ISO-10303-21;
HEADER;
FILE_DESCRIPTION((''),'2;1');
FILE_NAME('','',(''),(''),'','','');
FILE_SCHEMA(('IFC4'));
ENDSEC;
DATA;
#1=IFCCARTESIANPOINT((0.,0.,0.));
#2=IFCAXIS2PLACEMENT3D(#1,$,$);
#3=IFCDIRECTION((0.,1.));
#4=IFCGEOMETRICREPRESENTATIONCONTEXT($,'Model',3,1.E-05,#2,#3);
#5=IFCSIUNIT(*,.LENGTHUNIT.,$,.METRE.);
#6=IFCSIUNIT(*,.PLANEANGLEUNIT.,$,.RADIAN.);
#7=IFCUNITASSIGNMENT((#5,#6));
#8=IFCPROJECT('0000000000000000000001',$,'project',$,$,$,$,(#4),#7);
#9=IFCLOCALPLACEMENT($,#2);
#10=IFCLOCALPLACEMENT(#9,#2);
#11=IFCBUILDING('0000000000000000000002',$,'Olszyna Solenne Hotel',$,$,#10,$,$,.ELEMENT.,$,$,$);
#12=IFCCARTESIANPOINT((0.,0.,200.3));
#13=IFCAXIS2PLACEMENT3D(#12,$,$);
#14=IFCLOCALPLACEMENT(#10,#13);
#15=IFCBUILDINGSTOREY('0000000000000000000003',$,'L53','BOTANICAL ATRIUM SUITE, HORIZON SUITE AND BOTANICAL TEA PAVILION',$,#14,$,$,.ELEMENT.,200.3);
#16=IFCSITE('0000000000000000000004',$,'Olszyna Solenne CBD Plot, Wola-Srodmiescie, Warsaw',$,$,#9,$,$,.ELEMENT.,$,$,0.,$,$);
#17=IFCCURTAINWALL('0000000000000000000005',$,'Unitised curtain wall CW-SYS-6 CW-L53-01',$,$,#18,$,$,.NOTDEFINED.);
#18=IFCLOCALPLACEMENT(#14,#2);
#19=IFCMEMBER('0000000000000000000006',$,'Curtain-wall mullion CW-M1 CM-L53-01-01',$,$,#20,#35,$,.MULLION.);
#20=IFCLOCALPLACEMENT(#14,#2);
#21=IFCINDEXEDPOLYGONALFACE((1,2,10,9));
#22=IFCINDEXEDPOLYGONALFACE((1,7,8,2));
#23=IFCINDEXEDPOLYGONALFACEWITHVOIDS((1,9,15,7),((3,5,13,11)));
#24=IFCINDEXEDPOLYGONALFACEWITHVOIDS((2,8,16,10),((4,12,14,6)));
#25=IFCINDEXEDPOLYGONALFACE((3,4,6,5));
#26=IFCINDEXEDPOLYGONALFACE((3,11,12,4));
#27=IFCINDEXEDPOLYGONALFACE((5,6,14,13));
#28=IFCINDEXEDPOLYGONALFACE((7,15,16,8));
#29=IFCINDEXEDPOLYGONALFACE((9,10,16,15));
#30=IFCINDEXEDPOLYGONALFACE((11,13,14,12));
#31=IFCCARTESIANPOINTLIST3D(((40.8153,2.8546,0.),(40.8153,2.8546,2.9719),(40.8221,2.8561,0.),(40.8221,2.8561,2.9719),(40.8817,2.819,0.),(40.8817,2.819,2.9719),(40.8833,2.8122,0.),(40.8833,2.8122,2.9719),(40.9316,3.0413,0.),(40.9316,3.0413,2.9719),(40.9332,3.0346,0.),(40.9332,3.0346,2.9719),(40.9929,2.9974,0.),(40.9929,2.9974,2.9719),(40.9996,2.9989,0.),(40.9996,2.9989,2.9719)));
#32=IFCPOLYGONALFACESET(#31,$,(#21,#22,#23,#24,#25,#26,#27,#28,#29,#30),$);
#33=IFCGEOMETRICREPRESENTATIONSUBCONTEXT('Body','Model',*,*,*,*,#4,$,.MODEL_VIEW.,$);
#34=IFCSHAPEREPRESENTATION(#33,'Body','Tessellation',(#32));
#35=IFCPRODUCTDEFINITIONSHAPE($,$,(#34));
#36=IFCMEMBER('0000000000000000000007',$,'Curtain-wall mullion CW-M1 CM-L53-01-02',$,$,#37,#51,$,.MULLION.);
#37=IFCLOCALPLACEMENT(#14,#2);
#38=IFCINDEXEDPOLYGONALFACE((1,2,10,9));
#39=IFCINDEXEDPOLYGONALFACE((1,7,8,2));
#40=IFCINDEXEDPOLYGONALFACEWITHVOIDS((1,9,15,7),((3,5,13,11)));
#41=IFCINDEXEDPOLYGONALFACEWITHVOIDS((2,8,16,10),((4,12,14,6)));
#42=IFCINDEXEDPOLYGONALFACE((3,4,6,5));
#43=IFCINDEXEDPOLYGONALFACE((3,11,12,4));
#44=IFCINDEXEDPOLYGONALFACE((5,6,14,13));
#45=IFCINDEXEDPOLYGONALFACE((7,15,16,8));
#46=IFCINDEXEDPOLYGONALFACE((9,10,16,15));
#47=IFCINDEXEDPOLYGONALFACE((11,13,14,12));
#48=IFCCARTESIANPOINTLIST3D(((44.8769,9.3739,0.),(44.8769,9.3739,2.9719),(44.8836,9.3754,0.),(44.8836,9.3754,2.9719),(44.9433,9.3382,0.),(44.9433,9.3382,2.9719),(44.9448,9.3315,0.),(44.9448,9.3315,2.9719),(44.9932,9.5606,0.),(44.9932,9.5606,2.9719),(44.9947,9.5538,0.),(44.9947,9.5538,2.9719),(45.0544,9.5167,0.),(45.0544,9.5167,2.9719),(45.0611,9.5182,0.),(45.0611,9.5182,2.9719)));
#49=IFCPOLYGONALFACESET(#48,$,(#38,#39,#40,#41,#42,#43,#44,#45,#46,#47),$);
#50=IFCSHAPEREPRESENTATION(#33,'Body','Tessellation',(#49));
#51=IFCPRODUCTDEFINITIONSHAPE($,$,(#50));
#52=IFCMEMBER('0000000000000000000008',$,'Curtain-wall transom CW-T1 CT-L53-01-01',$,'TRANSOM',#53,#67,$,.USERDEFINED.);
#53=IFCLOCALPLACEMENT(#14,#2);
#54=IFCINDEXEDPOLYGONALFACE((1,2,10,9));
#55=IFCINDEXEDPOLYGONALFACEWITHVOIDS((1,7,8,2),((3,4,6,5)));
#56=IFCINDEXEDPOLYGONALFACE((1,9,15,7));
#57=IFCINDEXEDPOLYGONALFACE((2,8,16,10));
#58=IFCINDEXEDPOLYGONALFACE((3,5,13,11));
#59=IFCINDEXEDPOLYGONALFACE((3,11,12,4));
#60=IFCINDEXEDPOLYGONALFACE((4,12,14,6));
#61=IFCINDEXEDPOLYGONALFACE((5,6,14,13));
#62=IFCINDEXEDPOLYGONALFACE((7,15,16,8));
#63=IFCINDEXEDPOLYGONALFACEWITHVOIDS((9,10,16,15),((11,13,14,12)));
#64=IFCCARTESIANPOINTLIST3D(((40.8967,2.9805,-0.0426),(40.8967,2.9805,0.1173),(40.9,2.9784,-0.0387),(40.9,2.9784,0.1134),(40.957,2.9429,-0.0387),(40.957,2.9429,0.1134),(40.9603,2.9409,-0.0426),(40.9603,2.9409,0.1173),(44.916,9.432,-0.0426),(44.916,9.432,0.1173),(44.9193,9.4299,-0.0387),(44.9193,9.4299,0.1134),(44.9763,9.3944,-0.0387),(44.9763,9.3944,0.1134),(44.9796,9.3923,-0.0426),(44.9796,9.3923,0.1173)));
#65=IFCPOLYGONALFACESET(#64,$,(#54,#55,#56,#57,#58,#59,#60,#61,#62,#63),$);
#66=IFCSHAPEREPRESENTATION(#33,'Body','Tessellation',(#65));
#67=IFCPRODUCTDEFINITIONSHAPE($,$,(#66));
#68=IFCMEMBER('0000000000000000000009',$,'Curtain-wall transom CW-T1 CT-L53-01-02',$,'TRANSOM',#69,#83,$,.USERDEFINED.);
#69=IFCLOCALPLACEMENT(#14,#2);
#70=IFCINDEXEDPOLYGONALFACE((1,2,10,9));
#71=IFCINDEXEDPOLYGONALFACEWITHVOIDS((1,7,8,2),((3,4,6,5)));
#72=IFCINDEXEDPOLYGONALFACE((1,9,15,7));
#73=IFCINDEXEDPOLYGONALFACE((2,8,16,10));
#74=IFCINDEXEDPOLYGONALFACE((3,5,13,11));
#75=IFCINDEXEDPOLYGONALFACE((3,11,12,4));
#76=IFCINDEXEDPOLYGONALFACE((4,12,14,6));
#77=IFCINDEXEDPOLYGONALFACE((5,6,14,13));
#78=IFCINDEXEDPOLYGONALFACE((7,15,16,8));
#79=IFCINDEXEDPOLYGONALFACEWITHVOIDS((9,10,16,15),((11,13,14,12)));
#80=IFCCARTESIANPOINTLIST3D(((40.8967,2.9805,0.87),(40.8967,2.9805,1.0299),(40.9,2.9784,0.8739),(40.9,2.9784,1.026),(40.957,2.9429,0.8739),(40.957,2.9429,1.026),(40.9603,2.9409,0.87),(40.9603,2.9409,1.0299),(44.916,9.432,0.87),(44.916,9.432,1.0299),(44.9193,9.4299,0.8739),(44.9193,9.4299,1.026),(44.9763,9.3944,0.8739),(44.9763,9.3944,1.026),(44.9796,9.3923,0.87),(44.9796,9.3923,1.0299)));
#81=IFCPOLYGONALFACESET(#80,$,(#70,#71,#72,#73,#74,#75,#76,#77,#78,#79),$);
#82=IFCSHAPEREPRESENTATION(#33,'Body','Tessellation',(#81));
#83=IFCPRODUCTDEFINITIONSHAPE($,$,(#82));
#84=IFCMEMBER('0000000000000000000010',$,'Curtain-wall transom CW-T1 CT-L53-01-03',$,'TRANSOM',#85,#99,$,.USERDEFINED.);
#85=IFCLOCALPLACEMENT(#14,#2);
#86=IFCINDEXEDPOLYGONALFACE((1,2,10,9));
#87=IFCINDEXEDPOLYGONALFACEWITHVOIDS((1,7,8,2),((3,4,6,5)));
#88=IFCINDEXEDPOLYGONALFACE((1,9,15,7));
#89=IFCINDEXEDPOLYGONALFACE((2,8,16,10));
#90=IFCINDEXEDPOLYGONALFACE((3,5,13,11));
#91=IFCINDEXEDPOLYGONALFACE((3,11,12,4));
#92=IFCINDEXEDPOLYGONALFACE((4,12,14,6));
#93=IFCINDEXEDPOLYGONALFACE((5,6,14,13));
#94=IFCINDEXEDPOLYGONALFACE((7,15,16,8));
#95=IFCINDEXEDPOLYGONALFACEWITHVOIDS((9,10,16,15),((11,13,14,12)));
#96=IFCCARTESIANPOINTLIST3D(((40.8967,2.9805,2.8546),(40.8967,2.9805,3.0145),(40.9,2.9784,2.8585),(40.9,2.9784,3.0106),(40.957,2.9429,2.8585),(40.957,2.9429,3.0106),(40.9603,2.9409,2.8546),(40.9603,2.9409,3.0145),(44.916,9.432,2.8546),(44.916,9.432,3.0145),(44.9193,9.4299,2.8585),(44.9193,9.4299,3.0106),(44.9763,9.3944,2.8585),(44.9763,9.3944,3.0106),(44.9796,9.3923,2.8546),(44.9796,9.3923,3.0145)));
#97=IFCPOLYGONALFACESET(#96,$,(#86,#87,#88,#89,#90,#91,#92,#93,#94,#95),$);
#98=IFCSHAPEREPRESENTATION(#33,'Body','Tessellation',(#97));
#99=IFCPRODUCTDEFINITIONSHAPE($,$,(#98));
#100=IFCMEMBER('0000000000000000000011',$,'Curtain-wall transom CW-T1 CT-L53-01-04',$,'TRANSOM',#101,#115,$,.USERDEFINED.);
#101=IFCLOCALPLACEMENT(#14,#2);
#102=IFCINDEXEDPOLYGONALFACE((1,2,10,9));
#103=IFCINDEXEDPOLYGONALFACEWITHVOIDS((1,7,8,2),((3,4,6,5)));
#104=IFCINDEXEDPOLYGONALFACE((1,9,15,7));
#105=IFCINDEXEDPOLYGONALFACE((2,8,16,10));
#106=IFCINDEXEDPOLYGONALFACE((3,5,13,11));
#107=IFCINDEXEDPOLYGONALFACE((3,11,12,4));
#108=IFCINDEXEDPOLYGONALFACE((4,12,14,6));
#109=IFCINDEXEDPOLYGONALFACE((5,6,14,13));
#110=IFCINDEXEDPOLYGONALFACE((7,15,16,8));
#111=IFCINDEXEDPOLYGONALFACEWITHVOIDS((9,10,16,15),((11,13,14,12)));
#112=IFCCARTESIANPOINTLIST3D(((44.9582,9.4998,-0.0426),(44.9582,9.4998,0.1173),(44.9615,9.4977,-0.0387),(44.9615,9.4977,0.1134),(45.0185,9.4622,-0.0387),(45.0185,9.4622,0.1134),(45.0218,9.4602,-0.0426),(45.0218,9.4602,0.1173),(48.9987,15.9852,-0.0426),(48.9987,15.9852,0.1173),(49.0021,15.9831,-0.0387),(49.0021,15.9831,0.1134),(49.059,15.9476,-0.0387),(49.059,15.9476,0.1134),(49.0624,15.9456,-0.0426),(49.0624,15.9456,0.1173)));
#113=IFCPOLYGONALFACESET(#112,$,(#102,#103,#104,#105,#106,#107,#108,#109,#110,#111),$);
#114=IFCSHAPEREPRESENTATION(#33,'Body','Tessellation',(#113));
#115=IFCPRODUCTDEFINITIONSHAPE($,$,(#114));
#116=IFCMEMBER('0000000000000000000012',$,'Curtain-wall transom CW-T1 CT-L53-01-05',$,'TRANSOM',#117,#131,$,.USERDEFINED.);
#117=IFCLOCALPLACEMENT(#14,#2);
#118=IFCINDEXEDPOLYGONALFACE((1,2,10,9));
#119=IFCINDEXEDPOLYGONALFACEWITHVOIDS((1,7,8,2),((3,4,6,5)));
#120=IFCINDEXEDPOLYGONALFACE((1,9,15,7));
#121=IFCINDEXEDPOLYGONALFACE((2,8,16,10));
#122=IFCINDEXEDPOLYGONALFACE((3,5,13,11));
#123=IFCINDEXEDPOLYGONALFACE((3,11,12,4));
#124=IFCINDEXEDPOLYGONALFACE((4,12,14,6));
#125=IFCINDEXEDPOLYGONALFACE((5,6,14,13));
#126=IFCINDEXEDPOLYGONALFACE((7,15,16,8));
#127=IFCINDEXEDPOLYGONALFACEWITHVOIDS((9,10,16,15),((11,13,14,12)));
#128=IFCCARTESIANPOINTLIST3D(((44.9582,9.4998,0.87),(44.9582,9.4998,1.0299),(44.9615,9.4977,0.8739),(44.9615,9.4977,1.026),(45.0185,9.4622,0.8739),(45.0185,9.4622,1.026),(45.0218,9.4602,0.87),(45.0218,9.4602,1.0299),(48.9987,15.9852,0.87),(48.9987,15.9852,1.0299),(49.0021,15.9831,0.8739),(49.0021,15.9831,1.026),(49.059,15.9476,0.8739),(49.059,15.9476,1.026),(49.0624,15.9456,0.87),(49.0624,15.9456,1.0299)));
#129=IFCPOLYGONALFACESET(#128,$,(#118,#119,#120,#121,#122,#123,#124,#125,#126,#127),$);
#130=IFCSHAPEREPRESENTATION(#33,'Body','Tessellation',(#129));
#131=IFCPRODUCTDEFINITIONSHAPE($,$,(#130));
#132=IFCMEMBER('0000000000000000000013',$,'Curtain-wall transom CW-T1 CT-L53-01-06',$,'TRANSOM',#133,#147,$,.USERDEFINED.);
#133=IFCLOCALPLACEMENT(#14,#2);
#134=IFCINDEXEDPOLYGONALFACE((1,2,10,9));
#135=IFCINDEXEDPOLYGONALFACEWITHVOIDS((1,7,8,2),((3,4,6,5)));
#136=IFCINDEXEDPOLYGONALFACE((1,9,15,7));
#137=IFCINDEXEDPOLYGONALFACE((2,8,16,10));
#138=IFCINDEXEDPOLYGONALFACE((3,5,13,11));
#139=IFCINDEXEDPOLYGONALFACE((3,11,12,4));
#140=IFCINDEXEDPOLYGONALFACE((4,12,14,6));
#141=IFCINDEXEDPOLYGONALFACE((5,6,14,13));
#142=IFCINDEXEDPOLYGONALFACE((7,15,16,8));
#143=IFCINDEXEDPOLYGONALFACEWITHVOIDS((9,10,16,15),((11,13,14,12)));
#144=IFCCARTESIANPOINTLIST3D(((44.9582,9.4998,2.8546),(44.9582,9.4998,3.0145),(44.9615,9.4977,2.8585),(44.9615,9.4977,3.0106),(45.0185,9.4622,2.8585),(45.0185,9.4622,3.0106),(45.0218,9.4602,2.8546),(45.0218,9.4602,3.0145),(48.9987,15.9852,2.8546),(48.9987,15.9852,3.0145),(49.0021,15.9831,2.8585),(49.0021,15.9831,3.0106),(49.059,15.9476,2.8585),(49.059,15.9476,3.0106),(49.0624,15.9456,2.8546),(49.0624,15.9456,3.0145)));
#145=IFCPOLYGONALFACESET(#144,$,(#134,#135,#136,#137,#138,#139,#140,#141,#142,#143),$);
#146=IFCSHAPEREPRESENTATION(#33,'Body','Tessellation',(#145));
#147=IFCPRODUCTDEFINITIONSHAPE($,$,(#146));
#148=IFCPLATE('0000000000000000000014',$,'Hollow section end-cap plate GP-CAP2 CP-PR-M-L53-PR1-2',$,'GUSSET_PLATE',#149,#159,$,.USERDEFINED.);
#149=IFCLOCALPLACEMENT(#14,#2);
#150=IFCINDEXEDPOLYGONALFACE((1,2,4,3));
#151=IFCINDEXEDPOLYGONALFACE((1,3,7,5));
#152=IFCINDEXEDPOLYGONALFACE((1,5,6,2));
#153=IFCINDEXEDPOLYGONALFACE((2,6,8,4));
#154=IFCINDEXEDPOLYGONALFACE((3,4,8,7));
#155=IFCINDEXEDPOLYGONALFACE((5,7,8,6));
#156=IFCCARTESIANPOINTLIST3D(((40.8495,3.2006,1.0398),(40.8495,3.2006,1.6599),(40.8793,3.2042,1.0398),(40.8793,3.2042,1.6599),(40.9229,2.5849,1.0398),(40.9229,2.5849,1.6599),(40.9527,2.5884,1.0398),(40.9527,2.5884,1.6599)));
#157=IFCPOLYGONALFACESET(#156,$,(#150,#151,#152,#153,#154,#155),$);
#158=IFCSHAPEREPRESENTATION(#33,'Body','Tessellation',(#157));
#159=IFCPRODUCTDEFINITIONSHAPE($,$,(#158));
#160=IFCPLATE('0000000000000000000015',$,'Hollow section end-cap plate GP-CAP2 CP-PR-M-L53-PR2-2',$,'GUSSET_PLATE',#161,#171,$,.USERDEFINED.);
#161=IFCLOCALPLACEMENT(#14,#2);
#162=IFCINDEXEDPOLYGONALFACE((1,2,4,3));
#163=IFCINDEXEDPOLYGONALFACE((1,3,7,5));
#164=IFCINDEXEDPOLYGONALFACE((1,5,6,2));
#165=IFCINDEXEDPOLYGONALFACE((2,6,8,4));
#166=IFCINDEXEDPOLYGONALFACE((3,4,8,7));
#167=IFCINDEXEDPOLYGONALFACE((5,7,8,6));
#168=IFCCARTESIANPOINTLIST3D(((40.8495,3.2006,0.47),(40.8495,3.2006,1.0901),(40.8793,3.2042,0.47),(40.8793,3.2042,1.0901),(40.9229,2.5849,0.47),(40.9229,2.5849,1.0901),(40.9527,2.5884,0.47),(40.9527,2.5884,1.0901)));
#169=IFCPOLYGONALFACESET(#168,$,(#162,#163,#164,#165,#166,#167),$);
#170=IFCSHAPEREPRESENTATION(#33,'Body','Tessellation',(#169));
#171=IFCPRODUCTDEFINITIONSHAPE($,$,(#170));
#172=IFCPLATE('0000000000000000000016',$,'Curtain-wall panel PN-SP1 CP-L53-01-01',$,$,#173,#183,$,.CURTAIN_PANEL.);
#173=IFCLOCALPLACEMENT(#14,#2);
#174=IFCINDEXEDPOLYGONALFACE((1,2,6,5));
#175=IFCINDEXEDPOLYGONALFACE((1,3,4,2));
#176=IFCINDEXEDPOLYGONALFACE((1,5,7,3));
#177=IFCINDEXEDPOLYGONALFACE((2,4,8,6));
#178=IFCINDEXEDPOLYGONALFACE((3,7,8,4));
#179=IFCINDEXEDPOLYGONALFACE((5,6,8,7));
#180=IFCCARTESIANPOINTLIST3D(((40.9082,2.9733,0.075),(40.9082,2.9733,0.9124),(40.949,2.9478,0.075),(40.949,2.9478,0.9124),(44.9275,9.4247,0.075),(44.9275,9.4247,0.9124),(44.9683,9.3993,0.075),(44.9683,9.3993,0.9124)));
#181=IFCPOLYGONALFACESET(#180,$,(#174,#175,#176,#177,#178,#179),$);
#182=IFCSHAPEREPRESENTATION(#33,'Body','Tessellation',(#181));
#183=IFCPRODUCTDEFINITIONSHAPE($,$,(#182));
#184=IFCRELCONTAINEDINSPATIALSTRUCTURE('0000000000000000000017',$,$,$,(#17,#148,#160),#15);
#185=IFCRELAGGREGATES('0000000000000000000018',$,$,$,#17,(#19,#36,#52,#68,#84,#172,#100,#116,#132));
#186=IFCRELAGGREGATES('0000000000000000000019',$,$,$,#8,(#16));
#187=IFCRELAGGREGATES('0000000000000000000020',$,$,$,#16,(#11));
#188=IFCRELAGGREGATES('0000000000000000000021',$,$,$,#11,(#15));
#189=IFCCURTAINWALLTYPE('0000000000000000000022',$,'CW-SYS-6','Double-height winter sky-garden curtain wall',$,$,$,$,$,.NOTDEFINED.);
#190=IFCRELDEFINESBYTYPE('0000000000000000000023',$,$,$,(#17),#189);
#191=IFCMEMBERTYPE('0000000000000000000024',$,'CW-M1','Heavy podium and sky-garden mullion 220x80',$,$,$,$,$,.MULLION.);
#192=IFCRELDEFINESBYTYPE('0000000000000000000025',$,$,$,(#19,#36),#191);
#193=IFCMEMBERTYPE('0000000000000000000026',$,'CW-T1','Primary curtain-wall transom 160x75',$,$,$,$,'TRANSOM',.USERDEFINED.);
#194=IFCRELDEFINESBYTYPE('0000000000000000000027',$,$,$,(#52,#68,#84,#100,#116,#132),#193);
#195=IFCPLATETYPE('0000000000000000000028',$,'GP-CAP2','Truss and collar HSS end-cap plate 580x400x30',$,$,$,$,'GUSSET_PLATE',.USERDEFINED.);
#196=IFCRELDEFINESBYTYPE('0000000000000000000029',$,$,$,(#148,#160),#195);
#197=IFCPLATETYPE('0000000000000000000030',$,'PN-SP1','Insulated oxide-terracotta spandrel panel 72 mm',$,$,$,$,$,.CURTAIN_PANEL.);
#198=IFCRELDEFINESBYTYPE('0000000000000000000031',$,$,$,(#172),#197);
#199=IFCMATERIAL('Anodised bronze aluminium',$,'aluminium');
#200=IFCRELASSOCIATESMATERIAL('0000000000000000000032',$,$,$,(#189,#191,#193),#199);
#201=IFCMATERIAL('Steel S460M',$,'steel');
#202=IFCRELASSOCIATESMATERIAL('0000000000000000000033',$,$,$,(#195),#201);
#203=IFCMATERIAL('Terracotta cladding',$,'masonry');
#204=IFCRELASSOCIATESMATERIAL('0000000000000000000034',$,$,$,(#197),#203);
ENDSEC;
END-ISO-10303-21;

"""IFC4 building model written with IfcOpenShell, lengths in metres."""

from ifc_helpers import new_model, si_unit, direction, frame, origin, origin_2d, place, context, subcontext, project, spatial, rectangle, hollow_rectangle, extrude, source, transform, mapped, material, material_profile, profile_set, type_object, element, aggregate, save


model = new_model("IFC4")

# Units and contexts
model_context = context("Model", 3, precision=1e-05, world=origin(), true_north=direction((0.0, 1.0)))
body_context = subcontext(model_context, "Body", "Model", "MODEL_VIEW")
ifc_project = project(units=[si_unit("LENGTHUNIT", "METRE"), si_unit("PLANEANGLEUNIT", "RADIAN")], contexts=[model_context])

# Site, building, storey
site_placement = place(None, origin())
site = spatial("IfcSite", under=ifc_project, at=site_placement, Name="Olszyna Solenne CBD Plot, Wola-Srodmiescie, Warsaw", CompositionType="ELEMENT", RefElevation=0.0)
building_placement = place(site_placement, origin())
building = spatial("IfcBuilding", under=site, at=building_placement, Name="Olszyna Solenne Hotel", CompositionType="ELEMENT")
storey_placement = place(building_placement, frame((0.0, 0.0, 200.3)))
storey = spatial("IfcBuildingStorey", under=building, at=storey_placement, Name="L53", Description="BOTANICAL ATRIUM SUITE, HORIZON SUITE AND BOTANICAL TEA PAVILION", CompositionType="ELEMENT", Elevation=200.3)

# Shared definitions
ifc_material_1 = material(Name="Steel S460M", Category="steel")

# Curtain wall, members
ifc_material_2 = material(Name="Anodised bronze aluminium", Category="aluminium")
curtain_wall_type = type_object("IfcCurtainWallType", Name="CW-SYS-6", Description="Double-height winter sky-garden curtain wall", PredefinedType="NOTDEFINED", material=ifc_material_2)
curtain_wall_placement = place(storey_placement, origin())
curtain_wall = element("IfcCurtainWall", 1, at=curtain_wall_placement, inside=storey, type_object=curtain_wall_type, Name="Unitised curtain wall CW-SYS-6 CW-L53-01", PredefinedType="NOTDEFINED")
ifc_material_profile_1 = material_profile(ifc_material_2, hollow_rectangle(XDim=0.0801, YDim=0.22, WallThickness=0.0049, at=origin_2d()), Name="MULL 220x80x5", Category="load-bearing")
ifc_profile_set_1 = profile_set([ifc_material_profile_1], Name="Anodised bronze aluminium")
member_type_1 = type_object("IfcMemberType", Name="CW-M1", Description="Heavy podium and sky-garden mullion 220x80", PredefinedType="MULLION", material=ifc_profile_set_1)
shared_shape_1 = source(origin(), body_context, "Body", "SweptSolid", [
    extrude(hollow_rectangle(XDim=0.0801, YDim=0.22, WallThickness=0.0049, at=origin_2d()), origin(), (0.0, 0.0, 1.0), 2.9719),
])
member_1_placement = place(storey_placement, frame((40.9075, 2.9268, 0.0), z_axis=(0.0, 0.0, 1.0), x_axis=(-0.848758, 0.528781, 0.0)))
member_1 = element("IfcMember", 2, at=member_1_placement, type_object=member_type_1, Name="Curtain-wall mullion CW-M1 CM-L53-01-01", PredefinedType="MULLION", context=body_context, shape_type="MappedRepresentation", body=[
    mapped(shared_shape_1, transform((0.0, 0.0, 0.0), x_axis=(1.0, 0.0, 0.0), y_axis=(0.0, 1.0, 0.0), z_axis=(0.0, 0.0, 1.0), scale=1.0)),
])
member_2_placement = place(storey_placement, frame((44.969, 9.446, 0.0), z_axis=(0.0, 0.0, 1.0), x_axis=(-0.848758, 0.528781, 0.0)))
member_2 = element("IfcMember", 3, at=member_2_placement, type_object=member_type_1, Name="Curtain-wall mullion CW-M1 CM-L53-01-02", PredefinedType="MULLION", context=body_context, shape_type="MappedRepresentation", body=[
    mapped(shared_shape_1, transform((0.0, 0.0, 0.0), x_axis=(1.0, 0.0, 0.0), y_axis=(0.0, 1.0, 0.0), z_axis=(0.0, 0.0, 1.0), scale=1.0)),
])
ifc_material_profile_2 = material_profile(ifc_material_2, hollow_rectangle(XDim=0.075, YDim=0.1599, WallThickness=0.0039, at=origin_2d()), Name="TRAN 160x75x4", Category="load-bearing")
ifc_profile_set_2 = profile_set([ifc_material_profile_2], Name="Anodised bronze aluminium")
member_type_2 = type_object("IfcMemberType", Name="CW-T1", Description="Primary curtain-wall transom 160x75", ElementType="TRANSOM", PredefinedType="USERDEFINED", material=ifc_profile_set_2)
shared_shape_2 = source(origin(), body_context, "Body", "SweptSolid", [
    extrude(hollow_rectangle(XDim=0.075, YDim=0.1599, WallThickness=0.0039, at=origin_2d()), origin(), (0.0, 0.0, 1.0), 7.6011),
])
member_3_placement = place(storey_placement, frame((40.9285, 2.9607, 0.0374), z_axis=(0.528783, 0.848757, 0.0), x_axis=(-0.848757, 0.528783, 0.0)))
member_3 = element("IfcMember", 4, at=member_3_placement, type_object=member_type_2, Name="Curtain-wall transom CW-T1 CT-L53-01-01", ObjectType="TRANSOM", PredefinedType="USERDEFINED", context=body_context, shape_type="MappedRepresentation", body=[
    mapped(shared_shape_2, transform((0.0, 0.0, 0.0), x_axis=(1.0, 0.0, 0.0), y_axis=(0.0, 1.0, 0.0), z_axis=(0.0, 0.0, 1.0), scale=1.0)),
])
member_4_placement = place(storey_placement, frame((40.9285, 2.9607, 0.95), z_axis=(0.528783, 0.848757, 0.0), x_axis=(-0.848757, 0.528783, 0.0)))
member_4 = element("IfcMember", 5, at=member_4_placement, type_object=member_type_2, Name="Curtain-wall transom CW-T1 CT-L53-01-02", ObjectType="TRANSOM", PredefinedType="USERDEFINED", context=body_context, shape_type="MappedRepresentation", body=[
    mapped(shared_shape_2, transform((0.0, 0.0, 0.0), x_axis=(1.0, 0.0, 0.0), y_axis=(0.0, 1.0, 0.0), z_axis=(0.0, 0.0, 1.0), scale=1.0)),
])
member_5_placement = place(storey_placement, frame((40.9285, 2.9607, 2.9346), z_axis=(0.528783, 0.848757, 0.0), x_axis=(-0.848757, 0.528783, 0.0)))
member_5 = element("IfcMember", 6, at=member_5_placement, type_object=member_type_2, Name="Curtain-wall transom CW-T1 CT-L53-01-03", ObjectType="TRANSOM", PredefinedType="USERDEFINED", context=body_context, shape_type="MappedRepresentation", body=[
    mapped(shared_shape_2, transform((0.0, 0.0, 0.0), x_axis=(1.0, 0.0, 0.0), y_axis=(0.0, 1.0, 0.0), z_axis=(0.0, 0.0, 1.0), scale=1.0)),
])
shared_shape_3 = source(origin(), body_context, "Body", "SweptSolid", [
    extrude(hollow_rectangle(XDim=0.075, YDim=0.1599, WallThickness=0.0039, at=origin_2d()), origin(), (0.0, 0.0, 1.0), 7.6411),
])
member_6_placement = place(storey_placement, frame((44.99, 9.48, 0.0374), z_axis=(0.528792, 0.848751, 0.0), x_axis=(-0.848751, 0.528792, 0.0)))
member_6 = element("IfcMember", 7, at=member_6_placement, type_object=member_type_2, Name="Curtain-wall transom CW-T1 CT-L53-01-04", ObjectType="TRANSOM", PredefinedType="USERDEFINED", context=body_context, shape_type="MappedRepresentation", body=[
    mapped(shared_shape_3, transform((0.0, 0.0, 0.0), x_axis=(1.0, 0.0, 0.0), y_axis=(0.0, 1.0, 0.0), z_axis=(0.0, 0.0, 1.0), scale=1.0)),
])
member_7_placement = place(storey_placement, frame((44.99, 9.48, 0.95), z_axis=(0.528792, 0.848751, 0.0), x_axis=(-0.848751, 0.528792, 0.0)))
member_7 = element("IfcMember", 8, at=member_7_placement, type_object=member_type_2, Name="Curtain-wall transom CW-T1 CT-L53-01-05", ObjectType="TRANSOM", PredefinedType="USERDEFINED", context=body_context, shape_type="MappedRepresentation", body=[
    mapped(shared_shape_3, transform((0.0, 0.0, 0.0), x_axis=(1.0, 0.0, 0.0), y_axis=(0.0, 1.0, 0.0), z_axis=(0.0, 0.0, 1.0), scale=1.0)),
])
member_8_placement = place(storey_placement, frame((44.99, 9.48, 2.9346), z_axis=(0.528792, 0.848751, 0.0), x_axis=(-0.848751, 0.528792, 0.0)))
member_8 = element("IfcMember", 9, at=member_8_placement, type_object=member_type_2, Name="Curtain-wall transom CW-T1 CT-L53-01-06", ObjectType="TRANSOM", PredefinedType="USERDEFINED", context=body_context, shape_type="MappedRepresentation", body=[
    mapped(shared_shape_3, transform((0.0, 0.0, 0.0), x_axis=(1.0, 0.0, 0.0), y_axis=(0.0, 1.0, 0.0), z_axis=(0.0, 0.0, 1.0), scale=1.0)),
])

# Plates
plate_type_1 = type_object("IfcPlateType", Name="GP-CAP2", Description="Truss and collar HSS end-cap plate 580x400x30", ElementType="GUSSET_PLATE", PredefinedType="USERDEFINED", material=ifc_material_1)
shared_shape_4 = source(origin(), body_context, "Body", "SweptSolid", [
    extrude(rectangle(XDim=0.03, YDim=0.6201, at=origin_2d()), origin(), (0.0, 0.0, 1.0), 0.6201),
])
for number, where, z_axis, x_axis, name in (
    (10, (40.9011, 2.8945, 1.0398), (0.0, 0.0, 1.0), (0.992966, 0.118404, 0.0), "Hollow section end-cap plate GP-CAP2 CP-PR-M-L53-PR1-2"),
    (11, (40.9011, 2.8945, 0.47), (0.0, 0.0, 1.0), (0.992966, 0.118404, 0.0), "Hollow section end-cap plate GP-CAP2 CP-PR-M-L53-PR2-2"),
):
    element("IfcPlate", number, at=place(storey_placement, frame(where, z_axis=z_axis, x_axis=x_axis)), inside=storey, type_object=plate_type_1, Name=name, ObjectType="GUSSET_PLATE", PredefinedType="USERDEFINED", context=body_context, shape_type="MappedRepresentation", body=[
        mapped(shared_shape_4, transform((0.0, 0.0, 0.0), x_axis=(1.0, 0.0, 0.0), y_axis=(0.0, 1.0, 0.0), z_axis=(0.0, 0.0, 1.0), scale=1.0)),
    ])

# Plate
ifc_material_3 = material(Name="Terracotta cladding", Category="masonry")
plate_type_2 = type_object("IfcPlateType", Name="PN-SP1", Description="Insulated oxide-terracotta spandrel panel 72 mm", PredefinedType="CURTAIN_PANEL", material=ifc_material_3)
shared_shape_5 = source(origin(), body_context, "Body", "SweptSolid", [
    extrude(rectangle(XDim=7.6011, YDim=0.0481, at=origin_2d()), origin(), (0.0, 0.0, 1.0), 0.8374),
])
plate_1_placement = place(storey_placement, frame((42.9382, 6.1863, 0.075), z_axis=(0.0, 0.0, 1.0), x_axis=(0.528781, 0.848758, 0.0)))
plate_1 = element("IfcPlate", 12, at=plate_1_placement, type_object=plate_type_2, Name="Curtain-wall panel PN-SP1 CP-L53-01-01", PredefinedType="CURTAIN_PANEL", context=body_context, shape_type="MappedRepresentation", body=[
    mapped(shared_shape_5, transform((0.0, 0.0, 0.0), x_axis=(1.0, 0.0, 0.0), y_axis=(0.0, 1.0, 0.0), z_axis=(0.0, 0.0, 1.0), scale=1.0)),
])
aggregate(curtain_wall, [member_1, member_2, member_3, member_4, member_5, plate_1, member_6, member_7, member_8])

save(model, "model.ifc")
